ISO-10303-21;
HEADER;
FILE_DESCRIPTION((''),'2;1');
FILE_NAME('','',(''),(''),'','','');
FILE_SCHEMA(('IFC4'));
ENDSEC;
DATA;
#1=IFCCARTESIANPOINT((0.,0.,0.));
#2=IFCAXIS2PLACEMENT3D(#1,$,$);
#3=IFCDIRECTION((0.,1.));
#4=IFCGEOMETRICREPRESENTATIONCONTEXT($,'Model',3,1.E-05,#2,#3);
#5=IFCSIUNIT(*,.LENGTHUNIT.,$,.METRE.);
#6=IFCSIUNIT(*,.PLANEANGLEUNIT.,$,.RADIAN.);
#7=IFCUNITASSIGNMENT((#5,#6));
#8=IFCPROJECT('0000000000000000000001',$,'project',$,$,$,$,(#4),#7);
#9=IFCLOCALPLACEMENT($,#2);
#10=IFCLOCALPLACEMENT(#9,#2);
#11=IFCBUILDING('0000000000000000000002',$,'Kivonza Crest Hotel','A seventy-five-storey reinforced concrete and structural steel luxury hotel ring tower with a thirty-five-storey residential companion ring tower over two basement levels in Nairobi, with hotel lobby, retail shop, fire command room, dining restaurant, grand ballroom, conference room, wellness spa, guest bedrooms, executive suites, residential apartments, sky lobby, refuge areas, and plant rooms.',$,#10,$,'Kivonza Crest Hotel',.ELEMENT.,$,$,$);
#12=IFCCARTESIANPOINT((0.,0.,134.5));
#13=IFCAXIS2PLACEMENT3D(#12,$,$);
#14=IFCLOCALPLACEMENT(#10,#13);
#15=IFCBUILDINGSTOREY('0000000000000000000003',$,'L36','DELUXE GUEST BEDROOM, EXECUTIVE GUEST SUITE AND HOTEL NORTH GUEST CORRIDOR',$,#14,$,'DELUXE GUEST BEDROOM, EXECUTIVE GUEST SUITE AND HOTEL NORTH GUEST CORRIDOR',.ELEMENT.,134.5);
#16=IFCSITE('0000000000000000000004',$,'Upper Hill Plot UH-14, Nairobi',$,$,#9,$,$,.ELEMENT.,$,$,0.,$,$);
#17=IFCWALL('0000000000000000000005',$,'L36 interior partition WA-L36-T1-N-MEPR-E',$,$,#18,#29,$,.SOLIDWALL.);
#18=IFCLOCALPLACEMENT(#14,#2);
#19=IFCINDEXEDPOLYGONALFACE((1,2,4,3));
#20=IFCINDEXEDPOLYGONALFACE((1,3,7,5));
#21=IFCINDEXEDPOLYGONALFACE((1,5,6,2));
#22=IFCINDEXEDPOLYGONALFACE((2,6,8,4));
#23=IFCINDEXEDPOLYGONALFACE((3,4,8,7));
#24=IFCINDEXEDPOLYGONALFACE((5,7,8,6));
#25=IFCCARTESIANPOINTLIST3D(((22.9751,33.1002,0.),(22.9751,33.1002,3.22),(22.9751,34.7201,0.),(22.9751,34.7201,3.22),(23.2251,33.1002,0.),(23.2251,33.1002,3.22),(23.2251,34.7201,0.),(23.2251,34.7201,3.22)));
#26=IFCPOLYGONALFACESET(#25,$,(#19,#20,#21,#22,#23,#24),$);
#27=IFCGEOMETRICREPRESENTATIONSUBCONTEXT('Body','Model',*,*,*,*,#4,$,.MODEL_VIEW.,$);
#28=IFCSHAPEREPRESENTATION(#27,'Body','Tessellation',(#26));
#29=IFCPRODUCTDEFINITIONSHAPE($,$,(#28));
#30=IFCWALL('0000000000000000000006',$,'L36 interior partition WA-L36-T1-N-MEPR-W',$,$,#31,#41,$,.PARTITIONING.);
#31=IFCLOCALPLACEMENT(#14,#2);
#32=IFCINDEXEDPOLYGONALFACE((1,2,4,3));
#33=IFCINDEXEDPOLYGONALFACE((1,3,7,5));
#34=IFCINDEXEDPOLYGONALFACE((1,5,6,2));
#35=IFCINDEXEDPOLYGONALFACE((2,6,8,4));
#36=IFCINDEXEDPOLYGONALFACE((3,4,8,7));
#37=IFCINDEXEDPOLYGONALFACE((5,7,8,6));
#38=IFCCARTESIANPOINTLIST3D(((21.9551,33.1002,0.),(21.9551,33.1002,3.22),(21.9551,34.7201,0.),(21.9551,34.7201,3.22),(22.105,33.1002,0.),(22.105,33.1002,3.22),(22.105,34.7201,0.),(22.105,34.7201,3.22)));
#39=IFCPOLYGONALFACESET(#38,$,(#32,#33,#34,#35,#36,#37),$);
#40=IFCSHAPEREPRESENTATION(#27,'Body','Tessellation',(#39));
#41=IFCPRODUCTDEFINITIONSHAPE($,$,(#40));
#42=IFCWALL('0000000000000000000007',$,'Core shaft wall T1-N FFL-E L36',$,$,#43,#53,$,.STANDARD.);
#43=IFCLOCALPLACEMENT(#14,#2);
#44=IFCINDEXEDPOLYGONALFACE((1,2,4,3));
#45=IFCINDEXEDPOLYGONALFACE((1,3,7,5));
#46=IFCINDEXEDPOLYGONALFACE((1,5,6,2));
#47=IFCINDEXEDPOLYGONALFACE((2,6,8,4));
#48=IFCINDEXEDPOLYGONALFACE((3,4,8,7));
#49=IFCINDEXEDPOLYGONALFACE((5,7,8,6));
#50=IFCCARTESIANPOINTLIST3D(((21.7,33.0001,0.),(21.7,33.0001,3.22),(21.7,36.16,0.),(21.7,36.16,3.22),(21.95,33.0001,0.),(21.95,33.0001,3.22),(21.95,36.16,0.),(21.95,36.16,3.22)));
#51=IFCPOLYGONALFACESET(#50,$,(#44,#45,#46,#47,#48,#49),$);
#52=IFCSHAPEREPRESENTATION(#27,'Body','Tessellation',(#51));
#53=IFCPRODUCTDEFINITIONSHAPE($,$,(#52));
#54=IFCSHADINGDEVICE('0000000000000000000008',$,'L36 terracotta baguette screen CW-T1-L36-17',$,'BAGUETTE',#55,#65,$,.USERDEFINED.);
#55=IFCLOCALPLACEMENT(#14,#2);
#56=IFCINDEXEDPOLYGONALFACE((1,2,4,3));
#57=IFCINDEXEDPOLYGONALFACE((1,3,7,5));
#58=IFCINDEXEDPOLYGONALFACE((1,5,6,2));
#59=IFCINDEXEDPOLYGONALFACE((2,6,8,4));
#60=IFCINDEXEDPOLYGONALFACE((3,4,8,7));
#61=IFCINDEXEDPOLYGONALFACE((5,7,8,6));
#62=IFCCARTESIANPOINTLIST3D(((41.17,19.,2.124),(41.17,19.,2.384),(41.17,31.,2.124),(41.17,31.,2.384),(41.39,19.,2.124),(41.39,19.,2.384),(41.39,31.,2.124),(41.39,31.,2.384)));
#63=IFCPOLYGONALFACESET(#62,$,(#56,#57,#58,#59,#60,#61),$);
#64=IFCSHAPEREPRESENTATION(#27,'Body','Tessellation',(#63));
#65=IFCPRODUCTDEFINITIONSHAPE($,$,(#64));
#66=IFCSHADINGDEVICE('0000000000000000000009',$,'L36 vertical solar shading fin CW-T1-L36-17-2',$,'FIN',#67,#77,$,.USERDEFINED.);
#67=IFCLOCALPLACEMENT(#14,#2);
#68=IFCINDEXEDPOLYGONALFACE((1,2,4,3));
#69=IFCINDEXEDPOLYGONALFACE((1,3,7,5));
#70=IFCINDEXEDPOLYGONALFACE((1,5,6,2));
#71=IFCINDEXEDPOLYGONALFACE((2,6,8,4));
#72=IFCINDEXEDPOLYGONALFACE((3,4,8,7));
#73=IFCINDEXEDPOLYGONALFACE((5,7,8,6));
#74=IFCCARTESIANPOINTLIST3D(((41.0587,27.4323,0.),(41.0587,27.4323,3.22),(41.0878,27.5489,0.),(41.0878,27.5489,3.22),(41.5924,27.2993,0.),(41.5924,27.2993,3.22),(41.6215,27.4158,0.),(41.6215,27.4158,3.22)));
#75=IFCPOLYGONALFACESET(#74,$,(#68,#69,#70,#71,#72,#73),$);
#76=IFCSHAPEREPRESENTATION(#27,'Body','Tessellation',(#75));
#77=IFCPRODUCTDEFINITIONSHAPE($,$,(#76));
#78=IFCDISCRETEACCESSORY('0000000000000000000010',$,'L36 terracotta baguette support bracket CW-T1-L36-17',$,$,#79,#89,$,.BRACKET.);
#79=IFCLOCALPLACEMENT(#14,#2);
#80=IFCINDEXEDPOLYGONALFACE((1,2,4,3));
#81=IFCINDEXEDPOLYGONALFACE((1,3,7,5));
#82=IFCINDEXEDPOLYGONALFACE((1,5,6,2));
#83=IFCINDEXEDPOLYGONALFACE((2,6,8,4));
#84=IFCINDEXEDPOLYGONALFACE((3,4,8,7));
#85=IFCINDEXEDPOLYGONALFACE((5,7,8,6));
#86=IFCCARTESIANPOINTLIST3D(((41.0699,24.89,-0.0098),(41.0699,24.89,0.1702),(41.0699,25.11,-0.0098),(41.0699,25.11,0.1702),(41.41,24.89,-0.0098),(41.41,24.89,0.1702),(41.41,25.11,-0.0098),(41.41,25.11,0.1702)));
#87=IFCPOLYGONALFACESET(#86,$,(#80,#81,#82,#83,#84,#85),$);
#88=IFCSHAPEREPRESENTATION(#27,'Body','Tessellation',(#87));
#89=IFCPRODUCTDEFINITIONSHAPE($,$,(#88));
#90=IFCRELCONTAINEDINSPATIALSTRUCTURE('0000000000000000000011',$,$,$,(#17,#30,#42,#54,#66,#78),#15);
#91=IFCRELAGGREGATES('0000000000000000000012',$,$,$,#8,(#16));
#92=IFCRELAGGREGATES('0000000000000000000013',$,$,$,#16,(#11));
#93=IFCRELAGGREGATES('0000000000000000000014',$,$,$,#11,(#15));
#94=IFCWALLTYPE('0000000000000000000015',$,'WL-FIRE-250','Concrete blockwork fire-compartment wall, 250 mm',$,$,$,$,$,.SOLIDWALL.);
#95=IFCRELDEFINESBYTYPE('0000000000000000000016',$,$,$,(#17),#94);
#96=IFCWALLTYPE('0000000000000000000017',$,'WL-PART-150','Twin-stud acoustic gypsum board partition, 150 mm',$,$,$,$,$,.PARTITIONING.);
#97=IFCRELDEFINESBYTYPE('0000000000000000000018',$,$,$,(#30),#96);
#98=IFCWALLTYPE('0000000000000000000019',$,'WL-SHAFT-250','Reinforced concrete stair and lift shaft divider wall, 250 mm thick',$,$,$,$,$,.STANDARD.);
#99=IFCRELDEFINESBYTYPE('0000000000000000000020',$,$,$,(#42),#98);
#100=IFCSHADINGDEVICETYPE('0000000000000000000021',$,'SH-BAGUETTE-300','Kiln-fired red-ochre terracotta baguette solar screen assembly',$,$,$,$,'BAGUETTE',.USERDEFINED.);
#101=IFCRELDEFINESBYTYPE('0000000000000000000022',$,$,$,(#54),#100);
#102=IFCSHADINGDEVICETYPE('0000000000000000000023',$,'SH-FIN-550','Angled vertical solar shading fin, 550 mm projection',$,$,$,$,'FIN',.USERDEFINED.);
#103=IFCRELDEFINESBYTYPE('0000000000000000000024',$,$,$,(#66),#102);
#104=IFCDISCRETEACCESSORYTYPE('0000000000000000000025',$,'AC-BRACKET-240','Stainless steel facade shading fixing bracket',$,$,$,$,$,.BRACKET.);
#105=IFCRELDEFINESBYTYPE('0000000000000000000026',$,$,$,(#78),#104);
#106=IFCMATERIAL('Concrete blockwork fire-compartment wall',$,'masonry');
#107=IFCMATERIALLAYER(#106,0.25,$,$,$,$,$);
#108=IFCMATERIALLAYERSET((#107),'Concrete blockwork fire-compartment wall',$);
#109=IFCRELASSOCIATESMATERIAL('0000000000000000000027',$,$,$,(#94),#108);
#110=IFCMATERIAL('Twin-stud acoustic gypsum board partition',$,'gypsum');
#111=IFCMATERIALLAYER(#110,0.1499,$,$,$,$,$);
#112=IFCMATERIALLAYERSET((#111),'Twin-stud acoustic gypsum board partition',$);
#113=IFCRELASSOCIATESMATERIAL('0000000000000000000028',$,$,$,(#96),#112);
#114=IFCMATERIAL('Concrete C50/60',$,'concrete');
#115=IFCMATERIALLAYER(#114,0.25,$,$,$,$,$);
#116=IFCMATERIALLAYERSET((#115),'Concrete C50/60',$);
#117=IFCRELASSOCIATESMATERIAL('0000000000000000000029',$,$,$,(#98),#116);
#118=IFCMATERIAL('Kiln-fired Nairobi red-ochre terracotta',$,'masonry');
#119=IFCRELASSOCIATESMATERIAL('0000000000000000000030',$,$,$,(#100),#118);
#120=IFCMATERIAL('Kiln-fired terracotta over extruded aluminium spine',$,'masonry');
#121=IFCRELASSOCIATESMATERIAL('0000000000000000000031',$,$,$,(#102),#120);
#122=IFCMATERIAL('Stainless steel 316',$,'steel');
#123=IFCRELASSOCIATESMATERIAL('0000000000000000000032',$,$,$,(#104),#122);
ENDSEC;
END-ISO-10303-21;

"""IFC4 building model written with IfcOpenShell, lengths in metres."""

from ifc_helpers import new_model, si_unit, direction, frame, frame_2d, origin, origin_2d, place, context, subcontext, project, spatial, rectangle, extrude, material, layer, layer_set, type_object, element, save


model = new_model("IFC4")

# Units and contexts
model_context = context("Model", 3, precision=1e-05, world=origin(), true_north=direction((0.0, 1.0)))
body_context = subcontext(model_context, "Body", "Model", "MODEL_VIEW")
ifc_project = project(units=[si_unit("LENGTHUNIT", "METRE"), si_unit("PLANEANGLEUNIT", "RADIAN")], contexts=[model_context])

# Site, building, storey
site_placement = place(None, origin())
site = spatial("IfcSite", under=ifc_project, at=site_placement, Name="Upper Hill Plot UH-14, Nairobi", CompositionType="ELEMENT", RefElevation=0.0)
building_placement = place(site_placement, origin())
building = spatial("IfcBuilding", under=site, at=building_placement, Name="Kivonza Crest Hotel", Description="A seventy-five-storey reinforced concrete and structural steel luxury hotel ring tower with a thirty-five-storey residential companion ring tower over two basement levels in Nairobi, with hotel lobby, retail shop, fire command room, dining restaurant, grand ballroom, conference room, wellness spa, guest bedrooms, executive suites, residential apartments, sky lobby, refuge areas, and plant rooms.", LongName="Kivonza Crest Hotel", CompositionType="ELEMENT")
storey_placement = place(building_placement, frame((0.0, 0.0, 134.5)))
storey = spatial("IfcBuildingStorey", under=building, at=storey_placement, Name="L36", Description="DELUXE GUEST BEDROOM, EXECUTIVE GUEST SUITE AND HOTEL NORTH GUEST CORRIDOR", LongName="DELUXE GUEST BEDROOM, EXECUTIVE GUEST SUITE AND HOTEL NORTH GUEST CORRIDOR", CompositionType="ELEMENT", Elevation=134.5)

# Shared definitions
ifc_material_1 = material(Name="Concrete C50/60", Category="concrete")

# Walls
ifc_material_2 = material(Name="Concrete blockwork fire-compartment wall", Category="masonry")
ifc_layer_1 = layer(ifc_material_2, 0.25)
ifc_layer_set_1 = layer_set([ifc_layer_1], Name="Concrete blockwork fire-compartment wall")
wall_type_1 = type_object("IfcWallType", Name="WL-FIRE-250", Description="Concrete blockwork fire-compartment wall, 250 mm", PredefinedType="SOLIDWALL", material=ifc_layer_set_1)
wall_1_placement = place(storey_placement, frame((23.1001, 33.1001, 0.0), z_axis=(0.0, 0.0, 1.0), x_axis=(0.0, 1.0, 0.0)))
element("IfcWall", 1, at=wall_1_placement, inside=storey, type_object=wall_type_1, Name="L36 interior partition WA-L36-T1-N-MEPR-E", PredefinedType="SOLIDWALL", context=body_context, shape_type="SweptSolid", body=[
    extrude(rectangle(XDim=1.6199, YDim=0.25, at=frame_2d((0.8101, 0.0))), origin(), (0.0, 0.0, 1.0), 3.22),
])
ifc_material_3 = material(Name="Twin-stud acoustic gypsum board partition", Category="gypsum")
ifc_layer_2 = layer(ifc_material_3, 0.1499)
ifc_layer_set_2 = layer_set([ifc_layer_2], Name="Twin-stud acoustic gypsum board partition")
wall_type_2 = type_object("IfcWallType", Name="WL-PART-150", Description="Twin-stud acoustic gypsum board partition, 150 mm", PredefinedType="PARTITIONING", material=ifc_layer_set_2)
wall_2_placement = place(storey_placement, frame((22.03, 33.1001, 0.0), z_axis=(0.0, 0.0, 1.0), x_axis=(0.0, 1.0, 0.0)))
element("IfcWall", 2, at=wall_2_placement, inside=storey, type_object=wall_type_2, Name="L36 interior partition WA-L36-T1-N-MEPR-W", PredefinedType="PARTITIONING", context=body_context, shape_type="SweptSolid", body=[
    extrude(rectangle(XDim=1.6199, YDim=0.1499, at=frame_2d((0.8101, 0.0))), origin(), (0.0, 0.0, 1.0), 3.22),
])

# Shared definitions
ifc_layer_3 = layer(ifc_material_1, 0.25)
ifc_layer_set_3 = layer_set([ifc_layer_3], Name="Concrete C50/60")
wall_type_3 = type_object("IfcWallType", Name="WL-SHAFT-250", Description="Reinforced concrete stair and lift shaft divider wall, 250 mm thick", PredefinedType="STANDARD", material=ifc_layer_set_3)

# Wall
wall_3_placement = place(storey_placement, frame((21.825, 33.0, 0.0), z_axis=(0.0, 0.0, 1.0), x_axis=(0.0, 1.0, 0.0)))
element("IfcWall", 3, at=wall_3_placement, inside=storey, type_object=wall_type_3, Name="Core shaft wall T1-N FFL-E L36", PredefinedType="STANDARD", context=body_context, shape_type="SweptSolid", body=[
    extrude(rectangle(XDim=3.1599, YDim=0.25, at=frame_2d((1.5801, 0.0))), origin(), (0.0, 0.0, 1.0), 3.22),
])

# Shading devices
ifc_material_4 = material(Name="Kiln-fired Nairobi red-ochre terracotta", Category="masonry")
shading_device_type_1 = type_object("IfcShadingDeviceType", Name="SH-BAGUETTE-300", Description="Kiln-fired red-ochre terracotta baguette solar screen assembly", ElementType="BAGUETTE", PredefinedType="USERDEFINED", material=ifc_material_4)
shading_device_1_placement = place(storey_placement, frame((41.28, 25.0, 2.124), z_axis=(0.0, 0.0, 1.0), x_axis=(0.0, 1.0, 0.0)))
element("IfcShadingDevice", 4, at=shading_device_1_placement, inside=storey, type_object=shading_device_type_1, Name="L36 terracotta baguette screen CW-T1-L36-17", ObjectType="BAGUETTE", PredefinedType="USERDEFINED", context=body_context, shape_type="SweptSolid", body=[
    extrude(rectangle(XDim=12.0, YDim=0.22, at=origin_2d()), origin(), (0.0, 0.0, 1.0), 0.26),
])
ifc_material_5 = material(Name="Kiln-fired terracotta over extruded aluminium spine", Category="masonry")
shading_device_type_2 = type_object("IfcShadingDeviceType", Name="SH-FIN-550", Description="Angled vertical solar shading fin, 550 mm projection", ElementType="FIN", PredefinedType="USERDEFINED", material=ifc_material_5)
shading_device_2_placement = place(storey_placement, frame((41.3401, 27.4241, 0.0), z_axis=(0.0, 0.0, 1.0), x_axis=(0.241922, 0.970296, 0.0)))
element("IfcShadingDevice", 5, at=shading_device_2_placement, inside=storey, type_object=shading_device_type_2, Name="L36 vertical solar shading fin CW-T1-L36-17-2", ObjectType="FIN", PredefinedType="USERDEFINED", context=body_context, shape_type="SweptSolid", body=[
    extrude(rectangle(XDim=0.1201, YDim=0.55, at=origin_2d()), origin(), (0.0, 0.0, 1.0), 3.22),
])

# Discrete accessory
ifc_material_6 = material(Name="Stainless steel 316", Category="steel")
discrete_accessory_type = type_object("IfcDiscreteAccessoryType", Name="AC-BRACKET-240", Description="Stainless steel facade shading fixing bracket", PredefinedType="BRACKET", material=ifc_material_6)
discrete_accessory_placement = place(storey_placement, frame((41.24, 25.0, -0.0098), z_axis=(0.0, 0.0, 1.0), x_axis=(0.0, 1.0, 0.0)))
element("IfcDiscreteAccessory", 6, at=discrete_accessory_placement, inside=storey, type_object=discrete_accessory_type, Name="L36 terracotta baguette support bracket CW-T1-L36-17", PredefinedType="BRACKET", context=body_context, shape_type="SweptSolid", body=[
    extrude(rectangle(XDim=0.22, YDim=0.3401, at=origin_2d()), origin(), (0.0, 0.0, 1.0), 0.1799),
])

save(model, "model.ifc")
